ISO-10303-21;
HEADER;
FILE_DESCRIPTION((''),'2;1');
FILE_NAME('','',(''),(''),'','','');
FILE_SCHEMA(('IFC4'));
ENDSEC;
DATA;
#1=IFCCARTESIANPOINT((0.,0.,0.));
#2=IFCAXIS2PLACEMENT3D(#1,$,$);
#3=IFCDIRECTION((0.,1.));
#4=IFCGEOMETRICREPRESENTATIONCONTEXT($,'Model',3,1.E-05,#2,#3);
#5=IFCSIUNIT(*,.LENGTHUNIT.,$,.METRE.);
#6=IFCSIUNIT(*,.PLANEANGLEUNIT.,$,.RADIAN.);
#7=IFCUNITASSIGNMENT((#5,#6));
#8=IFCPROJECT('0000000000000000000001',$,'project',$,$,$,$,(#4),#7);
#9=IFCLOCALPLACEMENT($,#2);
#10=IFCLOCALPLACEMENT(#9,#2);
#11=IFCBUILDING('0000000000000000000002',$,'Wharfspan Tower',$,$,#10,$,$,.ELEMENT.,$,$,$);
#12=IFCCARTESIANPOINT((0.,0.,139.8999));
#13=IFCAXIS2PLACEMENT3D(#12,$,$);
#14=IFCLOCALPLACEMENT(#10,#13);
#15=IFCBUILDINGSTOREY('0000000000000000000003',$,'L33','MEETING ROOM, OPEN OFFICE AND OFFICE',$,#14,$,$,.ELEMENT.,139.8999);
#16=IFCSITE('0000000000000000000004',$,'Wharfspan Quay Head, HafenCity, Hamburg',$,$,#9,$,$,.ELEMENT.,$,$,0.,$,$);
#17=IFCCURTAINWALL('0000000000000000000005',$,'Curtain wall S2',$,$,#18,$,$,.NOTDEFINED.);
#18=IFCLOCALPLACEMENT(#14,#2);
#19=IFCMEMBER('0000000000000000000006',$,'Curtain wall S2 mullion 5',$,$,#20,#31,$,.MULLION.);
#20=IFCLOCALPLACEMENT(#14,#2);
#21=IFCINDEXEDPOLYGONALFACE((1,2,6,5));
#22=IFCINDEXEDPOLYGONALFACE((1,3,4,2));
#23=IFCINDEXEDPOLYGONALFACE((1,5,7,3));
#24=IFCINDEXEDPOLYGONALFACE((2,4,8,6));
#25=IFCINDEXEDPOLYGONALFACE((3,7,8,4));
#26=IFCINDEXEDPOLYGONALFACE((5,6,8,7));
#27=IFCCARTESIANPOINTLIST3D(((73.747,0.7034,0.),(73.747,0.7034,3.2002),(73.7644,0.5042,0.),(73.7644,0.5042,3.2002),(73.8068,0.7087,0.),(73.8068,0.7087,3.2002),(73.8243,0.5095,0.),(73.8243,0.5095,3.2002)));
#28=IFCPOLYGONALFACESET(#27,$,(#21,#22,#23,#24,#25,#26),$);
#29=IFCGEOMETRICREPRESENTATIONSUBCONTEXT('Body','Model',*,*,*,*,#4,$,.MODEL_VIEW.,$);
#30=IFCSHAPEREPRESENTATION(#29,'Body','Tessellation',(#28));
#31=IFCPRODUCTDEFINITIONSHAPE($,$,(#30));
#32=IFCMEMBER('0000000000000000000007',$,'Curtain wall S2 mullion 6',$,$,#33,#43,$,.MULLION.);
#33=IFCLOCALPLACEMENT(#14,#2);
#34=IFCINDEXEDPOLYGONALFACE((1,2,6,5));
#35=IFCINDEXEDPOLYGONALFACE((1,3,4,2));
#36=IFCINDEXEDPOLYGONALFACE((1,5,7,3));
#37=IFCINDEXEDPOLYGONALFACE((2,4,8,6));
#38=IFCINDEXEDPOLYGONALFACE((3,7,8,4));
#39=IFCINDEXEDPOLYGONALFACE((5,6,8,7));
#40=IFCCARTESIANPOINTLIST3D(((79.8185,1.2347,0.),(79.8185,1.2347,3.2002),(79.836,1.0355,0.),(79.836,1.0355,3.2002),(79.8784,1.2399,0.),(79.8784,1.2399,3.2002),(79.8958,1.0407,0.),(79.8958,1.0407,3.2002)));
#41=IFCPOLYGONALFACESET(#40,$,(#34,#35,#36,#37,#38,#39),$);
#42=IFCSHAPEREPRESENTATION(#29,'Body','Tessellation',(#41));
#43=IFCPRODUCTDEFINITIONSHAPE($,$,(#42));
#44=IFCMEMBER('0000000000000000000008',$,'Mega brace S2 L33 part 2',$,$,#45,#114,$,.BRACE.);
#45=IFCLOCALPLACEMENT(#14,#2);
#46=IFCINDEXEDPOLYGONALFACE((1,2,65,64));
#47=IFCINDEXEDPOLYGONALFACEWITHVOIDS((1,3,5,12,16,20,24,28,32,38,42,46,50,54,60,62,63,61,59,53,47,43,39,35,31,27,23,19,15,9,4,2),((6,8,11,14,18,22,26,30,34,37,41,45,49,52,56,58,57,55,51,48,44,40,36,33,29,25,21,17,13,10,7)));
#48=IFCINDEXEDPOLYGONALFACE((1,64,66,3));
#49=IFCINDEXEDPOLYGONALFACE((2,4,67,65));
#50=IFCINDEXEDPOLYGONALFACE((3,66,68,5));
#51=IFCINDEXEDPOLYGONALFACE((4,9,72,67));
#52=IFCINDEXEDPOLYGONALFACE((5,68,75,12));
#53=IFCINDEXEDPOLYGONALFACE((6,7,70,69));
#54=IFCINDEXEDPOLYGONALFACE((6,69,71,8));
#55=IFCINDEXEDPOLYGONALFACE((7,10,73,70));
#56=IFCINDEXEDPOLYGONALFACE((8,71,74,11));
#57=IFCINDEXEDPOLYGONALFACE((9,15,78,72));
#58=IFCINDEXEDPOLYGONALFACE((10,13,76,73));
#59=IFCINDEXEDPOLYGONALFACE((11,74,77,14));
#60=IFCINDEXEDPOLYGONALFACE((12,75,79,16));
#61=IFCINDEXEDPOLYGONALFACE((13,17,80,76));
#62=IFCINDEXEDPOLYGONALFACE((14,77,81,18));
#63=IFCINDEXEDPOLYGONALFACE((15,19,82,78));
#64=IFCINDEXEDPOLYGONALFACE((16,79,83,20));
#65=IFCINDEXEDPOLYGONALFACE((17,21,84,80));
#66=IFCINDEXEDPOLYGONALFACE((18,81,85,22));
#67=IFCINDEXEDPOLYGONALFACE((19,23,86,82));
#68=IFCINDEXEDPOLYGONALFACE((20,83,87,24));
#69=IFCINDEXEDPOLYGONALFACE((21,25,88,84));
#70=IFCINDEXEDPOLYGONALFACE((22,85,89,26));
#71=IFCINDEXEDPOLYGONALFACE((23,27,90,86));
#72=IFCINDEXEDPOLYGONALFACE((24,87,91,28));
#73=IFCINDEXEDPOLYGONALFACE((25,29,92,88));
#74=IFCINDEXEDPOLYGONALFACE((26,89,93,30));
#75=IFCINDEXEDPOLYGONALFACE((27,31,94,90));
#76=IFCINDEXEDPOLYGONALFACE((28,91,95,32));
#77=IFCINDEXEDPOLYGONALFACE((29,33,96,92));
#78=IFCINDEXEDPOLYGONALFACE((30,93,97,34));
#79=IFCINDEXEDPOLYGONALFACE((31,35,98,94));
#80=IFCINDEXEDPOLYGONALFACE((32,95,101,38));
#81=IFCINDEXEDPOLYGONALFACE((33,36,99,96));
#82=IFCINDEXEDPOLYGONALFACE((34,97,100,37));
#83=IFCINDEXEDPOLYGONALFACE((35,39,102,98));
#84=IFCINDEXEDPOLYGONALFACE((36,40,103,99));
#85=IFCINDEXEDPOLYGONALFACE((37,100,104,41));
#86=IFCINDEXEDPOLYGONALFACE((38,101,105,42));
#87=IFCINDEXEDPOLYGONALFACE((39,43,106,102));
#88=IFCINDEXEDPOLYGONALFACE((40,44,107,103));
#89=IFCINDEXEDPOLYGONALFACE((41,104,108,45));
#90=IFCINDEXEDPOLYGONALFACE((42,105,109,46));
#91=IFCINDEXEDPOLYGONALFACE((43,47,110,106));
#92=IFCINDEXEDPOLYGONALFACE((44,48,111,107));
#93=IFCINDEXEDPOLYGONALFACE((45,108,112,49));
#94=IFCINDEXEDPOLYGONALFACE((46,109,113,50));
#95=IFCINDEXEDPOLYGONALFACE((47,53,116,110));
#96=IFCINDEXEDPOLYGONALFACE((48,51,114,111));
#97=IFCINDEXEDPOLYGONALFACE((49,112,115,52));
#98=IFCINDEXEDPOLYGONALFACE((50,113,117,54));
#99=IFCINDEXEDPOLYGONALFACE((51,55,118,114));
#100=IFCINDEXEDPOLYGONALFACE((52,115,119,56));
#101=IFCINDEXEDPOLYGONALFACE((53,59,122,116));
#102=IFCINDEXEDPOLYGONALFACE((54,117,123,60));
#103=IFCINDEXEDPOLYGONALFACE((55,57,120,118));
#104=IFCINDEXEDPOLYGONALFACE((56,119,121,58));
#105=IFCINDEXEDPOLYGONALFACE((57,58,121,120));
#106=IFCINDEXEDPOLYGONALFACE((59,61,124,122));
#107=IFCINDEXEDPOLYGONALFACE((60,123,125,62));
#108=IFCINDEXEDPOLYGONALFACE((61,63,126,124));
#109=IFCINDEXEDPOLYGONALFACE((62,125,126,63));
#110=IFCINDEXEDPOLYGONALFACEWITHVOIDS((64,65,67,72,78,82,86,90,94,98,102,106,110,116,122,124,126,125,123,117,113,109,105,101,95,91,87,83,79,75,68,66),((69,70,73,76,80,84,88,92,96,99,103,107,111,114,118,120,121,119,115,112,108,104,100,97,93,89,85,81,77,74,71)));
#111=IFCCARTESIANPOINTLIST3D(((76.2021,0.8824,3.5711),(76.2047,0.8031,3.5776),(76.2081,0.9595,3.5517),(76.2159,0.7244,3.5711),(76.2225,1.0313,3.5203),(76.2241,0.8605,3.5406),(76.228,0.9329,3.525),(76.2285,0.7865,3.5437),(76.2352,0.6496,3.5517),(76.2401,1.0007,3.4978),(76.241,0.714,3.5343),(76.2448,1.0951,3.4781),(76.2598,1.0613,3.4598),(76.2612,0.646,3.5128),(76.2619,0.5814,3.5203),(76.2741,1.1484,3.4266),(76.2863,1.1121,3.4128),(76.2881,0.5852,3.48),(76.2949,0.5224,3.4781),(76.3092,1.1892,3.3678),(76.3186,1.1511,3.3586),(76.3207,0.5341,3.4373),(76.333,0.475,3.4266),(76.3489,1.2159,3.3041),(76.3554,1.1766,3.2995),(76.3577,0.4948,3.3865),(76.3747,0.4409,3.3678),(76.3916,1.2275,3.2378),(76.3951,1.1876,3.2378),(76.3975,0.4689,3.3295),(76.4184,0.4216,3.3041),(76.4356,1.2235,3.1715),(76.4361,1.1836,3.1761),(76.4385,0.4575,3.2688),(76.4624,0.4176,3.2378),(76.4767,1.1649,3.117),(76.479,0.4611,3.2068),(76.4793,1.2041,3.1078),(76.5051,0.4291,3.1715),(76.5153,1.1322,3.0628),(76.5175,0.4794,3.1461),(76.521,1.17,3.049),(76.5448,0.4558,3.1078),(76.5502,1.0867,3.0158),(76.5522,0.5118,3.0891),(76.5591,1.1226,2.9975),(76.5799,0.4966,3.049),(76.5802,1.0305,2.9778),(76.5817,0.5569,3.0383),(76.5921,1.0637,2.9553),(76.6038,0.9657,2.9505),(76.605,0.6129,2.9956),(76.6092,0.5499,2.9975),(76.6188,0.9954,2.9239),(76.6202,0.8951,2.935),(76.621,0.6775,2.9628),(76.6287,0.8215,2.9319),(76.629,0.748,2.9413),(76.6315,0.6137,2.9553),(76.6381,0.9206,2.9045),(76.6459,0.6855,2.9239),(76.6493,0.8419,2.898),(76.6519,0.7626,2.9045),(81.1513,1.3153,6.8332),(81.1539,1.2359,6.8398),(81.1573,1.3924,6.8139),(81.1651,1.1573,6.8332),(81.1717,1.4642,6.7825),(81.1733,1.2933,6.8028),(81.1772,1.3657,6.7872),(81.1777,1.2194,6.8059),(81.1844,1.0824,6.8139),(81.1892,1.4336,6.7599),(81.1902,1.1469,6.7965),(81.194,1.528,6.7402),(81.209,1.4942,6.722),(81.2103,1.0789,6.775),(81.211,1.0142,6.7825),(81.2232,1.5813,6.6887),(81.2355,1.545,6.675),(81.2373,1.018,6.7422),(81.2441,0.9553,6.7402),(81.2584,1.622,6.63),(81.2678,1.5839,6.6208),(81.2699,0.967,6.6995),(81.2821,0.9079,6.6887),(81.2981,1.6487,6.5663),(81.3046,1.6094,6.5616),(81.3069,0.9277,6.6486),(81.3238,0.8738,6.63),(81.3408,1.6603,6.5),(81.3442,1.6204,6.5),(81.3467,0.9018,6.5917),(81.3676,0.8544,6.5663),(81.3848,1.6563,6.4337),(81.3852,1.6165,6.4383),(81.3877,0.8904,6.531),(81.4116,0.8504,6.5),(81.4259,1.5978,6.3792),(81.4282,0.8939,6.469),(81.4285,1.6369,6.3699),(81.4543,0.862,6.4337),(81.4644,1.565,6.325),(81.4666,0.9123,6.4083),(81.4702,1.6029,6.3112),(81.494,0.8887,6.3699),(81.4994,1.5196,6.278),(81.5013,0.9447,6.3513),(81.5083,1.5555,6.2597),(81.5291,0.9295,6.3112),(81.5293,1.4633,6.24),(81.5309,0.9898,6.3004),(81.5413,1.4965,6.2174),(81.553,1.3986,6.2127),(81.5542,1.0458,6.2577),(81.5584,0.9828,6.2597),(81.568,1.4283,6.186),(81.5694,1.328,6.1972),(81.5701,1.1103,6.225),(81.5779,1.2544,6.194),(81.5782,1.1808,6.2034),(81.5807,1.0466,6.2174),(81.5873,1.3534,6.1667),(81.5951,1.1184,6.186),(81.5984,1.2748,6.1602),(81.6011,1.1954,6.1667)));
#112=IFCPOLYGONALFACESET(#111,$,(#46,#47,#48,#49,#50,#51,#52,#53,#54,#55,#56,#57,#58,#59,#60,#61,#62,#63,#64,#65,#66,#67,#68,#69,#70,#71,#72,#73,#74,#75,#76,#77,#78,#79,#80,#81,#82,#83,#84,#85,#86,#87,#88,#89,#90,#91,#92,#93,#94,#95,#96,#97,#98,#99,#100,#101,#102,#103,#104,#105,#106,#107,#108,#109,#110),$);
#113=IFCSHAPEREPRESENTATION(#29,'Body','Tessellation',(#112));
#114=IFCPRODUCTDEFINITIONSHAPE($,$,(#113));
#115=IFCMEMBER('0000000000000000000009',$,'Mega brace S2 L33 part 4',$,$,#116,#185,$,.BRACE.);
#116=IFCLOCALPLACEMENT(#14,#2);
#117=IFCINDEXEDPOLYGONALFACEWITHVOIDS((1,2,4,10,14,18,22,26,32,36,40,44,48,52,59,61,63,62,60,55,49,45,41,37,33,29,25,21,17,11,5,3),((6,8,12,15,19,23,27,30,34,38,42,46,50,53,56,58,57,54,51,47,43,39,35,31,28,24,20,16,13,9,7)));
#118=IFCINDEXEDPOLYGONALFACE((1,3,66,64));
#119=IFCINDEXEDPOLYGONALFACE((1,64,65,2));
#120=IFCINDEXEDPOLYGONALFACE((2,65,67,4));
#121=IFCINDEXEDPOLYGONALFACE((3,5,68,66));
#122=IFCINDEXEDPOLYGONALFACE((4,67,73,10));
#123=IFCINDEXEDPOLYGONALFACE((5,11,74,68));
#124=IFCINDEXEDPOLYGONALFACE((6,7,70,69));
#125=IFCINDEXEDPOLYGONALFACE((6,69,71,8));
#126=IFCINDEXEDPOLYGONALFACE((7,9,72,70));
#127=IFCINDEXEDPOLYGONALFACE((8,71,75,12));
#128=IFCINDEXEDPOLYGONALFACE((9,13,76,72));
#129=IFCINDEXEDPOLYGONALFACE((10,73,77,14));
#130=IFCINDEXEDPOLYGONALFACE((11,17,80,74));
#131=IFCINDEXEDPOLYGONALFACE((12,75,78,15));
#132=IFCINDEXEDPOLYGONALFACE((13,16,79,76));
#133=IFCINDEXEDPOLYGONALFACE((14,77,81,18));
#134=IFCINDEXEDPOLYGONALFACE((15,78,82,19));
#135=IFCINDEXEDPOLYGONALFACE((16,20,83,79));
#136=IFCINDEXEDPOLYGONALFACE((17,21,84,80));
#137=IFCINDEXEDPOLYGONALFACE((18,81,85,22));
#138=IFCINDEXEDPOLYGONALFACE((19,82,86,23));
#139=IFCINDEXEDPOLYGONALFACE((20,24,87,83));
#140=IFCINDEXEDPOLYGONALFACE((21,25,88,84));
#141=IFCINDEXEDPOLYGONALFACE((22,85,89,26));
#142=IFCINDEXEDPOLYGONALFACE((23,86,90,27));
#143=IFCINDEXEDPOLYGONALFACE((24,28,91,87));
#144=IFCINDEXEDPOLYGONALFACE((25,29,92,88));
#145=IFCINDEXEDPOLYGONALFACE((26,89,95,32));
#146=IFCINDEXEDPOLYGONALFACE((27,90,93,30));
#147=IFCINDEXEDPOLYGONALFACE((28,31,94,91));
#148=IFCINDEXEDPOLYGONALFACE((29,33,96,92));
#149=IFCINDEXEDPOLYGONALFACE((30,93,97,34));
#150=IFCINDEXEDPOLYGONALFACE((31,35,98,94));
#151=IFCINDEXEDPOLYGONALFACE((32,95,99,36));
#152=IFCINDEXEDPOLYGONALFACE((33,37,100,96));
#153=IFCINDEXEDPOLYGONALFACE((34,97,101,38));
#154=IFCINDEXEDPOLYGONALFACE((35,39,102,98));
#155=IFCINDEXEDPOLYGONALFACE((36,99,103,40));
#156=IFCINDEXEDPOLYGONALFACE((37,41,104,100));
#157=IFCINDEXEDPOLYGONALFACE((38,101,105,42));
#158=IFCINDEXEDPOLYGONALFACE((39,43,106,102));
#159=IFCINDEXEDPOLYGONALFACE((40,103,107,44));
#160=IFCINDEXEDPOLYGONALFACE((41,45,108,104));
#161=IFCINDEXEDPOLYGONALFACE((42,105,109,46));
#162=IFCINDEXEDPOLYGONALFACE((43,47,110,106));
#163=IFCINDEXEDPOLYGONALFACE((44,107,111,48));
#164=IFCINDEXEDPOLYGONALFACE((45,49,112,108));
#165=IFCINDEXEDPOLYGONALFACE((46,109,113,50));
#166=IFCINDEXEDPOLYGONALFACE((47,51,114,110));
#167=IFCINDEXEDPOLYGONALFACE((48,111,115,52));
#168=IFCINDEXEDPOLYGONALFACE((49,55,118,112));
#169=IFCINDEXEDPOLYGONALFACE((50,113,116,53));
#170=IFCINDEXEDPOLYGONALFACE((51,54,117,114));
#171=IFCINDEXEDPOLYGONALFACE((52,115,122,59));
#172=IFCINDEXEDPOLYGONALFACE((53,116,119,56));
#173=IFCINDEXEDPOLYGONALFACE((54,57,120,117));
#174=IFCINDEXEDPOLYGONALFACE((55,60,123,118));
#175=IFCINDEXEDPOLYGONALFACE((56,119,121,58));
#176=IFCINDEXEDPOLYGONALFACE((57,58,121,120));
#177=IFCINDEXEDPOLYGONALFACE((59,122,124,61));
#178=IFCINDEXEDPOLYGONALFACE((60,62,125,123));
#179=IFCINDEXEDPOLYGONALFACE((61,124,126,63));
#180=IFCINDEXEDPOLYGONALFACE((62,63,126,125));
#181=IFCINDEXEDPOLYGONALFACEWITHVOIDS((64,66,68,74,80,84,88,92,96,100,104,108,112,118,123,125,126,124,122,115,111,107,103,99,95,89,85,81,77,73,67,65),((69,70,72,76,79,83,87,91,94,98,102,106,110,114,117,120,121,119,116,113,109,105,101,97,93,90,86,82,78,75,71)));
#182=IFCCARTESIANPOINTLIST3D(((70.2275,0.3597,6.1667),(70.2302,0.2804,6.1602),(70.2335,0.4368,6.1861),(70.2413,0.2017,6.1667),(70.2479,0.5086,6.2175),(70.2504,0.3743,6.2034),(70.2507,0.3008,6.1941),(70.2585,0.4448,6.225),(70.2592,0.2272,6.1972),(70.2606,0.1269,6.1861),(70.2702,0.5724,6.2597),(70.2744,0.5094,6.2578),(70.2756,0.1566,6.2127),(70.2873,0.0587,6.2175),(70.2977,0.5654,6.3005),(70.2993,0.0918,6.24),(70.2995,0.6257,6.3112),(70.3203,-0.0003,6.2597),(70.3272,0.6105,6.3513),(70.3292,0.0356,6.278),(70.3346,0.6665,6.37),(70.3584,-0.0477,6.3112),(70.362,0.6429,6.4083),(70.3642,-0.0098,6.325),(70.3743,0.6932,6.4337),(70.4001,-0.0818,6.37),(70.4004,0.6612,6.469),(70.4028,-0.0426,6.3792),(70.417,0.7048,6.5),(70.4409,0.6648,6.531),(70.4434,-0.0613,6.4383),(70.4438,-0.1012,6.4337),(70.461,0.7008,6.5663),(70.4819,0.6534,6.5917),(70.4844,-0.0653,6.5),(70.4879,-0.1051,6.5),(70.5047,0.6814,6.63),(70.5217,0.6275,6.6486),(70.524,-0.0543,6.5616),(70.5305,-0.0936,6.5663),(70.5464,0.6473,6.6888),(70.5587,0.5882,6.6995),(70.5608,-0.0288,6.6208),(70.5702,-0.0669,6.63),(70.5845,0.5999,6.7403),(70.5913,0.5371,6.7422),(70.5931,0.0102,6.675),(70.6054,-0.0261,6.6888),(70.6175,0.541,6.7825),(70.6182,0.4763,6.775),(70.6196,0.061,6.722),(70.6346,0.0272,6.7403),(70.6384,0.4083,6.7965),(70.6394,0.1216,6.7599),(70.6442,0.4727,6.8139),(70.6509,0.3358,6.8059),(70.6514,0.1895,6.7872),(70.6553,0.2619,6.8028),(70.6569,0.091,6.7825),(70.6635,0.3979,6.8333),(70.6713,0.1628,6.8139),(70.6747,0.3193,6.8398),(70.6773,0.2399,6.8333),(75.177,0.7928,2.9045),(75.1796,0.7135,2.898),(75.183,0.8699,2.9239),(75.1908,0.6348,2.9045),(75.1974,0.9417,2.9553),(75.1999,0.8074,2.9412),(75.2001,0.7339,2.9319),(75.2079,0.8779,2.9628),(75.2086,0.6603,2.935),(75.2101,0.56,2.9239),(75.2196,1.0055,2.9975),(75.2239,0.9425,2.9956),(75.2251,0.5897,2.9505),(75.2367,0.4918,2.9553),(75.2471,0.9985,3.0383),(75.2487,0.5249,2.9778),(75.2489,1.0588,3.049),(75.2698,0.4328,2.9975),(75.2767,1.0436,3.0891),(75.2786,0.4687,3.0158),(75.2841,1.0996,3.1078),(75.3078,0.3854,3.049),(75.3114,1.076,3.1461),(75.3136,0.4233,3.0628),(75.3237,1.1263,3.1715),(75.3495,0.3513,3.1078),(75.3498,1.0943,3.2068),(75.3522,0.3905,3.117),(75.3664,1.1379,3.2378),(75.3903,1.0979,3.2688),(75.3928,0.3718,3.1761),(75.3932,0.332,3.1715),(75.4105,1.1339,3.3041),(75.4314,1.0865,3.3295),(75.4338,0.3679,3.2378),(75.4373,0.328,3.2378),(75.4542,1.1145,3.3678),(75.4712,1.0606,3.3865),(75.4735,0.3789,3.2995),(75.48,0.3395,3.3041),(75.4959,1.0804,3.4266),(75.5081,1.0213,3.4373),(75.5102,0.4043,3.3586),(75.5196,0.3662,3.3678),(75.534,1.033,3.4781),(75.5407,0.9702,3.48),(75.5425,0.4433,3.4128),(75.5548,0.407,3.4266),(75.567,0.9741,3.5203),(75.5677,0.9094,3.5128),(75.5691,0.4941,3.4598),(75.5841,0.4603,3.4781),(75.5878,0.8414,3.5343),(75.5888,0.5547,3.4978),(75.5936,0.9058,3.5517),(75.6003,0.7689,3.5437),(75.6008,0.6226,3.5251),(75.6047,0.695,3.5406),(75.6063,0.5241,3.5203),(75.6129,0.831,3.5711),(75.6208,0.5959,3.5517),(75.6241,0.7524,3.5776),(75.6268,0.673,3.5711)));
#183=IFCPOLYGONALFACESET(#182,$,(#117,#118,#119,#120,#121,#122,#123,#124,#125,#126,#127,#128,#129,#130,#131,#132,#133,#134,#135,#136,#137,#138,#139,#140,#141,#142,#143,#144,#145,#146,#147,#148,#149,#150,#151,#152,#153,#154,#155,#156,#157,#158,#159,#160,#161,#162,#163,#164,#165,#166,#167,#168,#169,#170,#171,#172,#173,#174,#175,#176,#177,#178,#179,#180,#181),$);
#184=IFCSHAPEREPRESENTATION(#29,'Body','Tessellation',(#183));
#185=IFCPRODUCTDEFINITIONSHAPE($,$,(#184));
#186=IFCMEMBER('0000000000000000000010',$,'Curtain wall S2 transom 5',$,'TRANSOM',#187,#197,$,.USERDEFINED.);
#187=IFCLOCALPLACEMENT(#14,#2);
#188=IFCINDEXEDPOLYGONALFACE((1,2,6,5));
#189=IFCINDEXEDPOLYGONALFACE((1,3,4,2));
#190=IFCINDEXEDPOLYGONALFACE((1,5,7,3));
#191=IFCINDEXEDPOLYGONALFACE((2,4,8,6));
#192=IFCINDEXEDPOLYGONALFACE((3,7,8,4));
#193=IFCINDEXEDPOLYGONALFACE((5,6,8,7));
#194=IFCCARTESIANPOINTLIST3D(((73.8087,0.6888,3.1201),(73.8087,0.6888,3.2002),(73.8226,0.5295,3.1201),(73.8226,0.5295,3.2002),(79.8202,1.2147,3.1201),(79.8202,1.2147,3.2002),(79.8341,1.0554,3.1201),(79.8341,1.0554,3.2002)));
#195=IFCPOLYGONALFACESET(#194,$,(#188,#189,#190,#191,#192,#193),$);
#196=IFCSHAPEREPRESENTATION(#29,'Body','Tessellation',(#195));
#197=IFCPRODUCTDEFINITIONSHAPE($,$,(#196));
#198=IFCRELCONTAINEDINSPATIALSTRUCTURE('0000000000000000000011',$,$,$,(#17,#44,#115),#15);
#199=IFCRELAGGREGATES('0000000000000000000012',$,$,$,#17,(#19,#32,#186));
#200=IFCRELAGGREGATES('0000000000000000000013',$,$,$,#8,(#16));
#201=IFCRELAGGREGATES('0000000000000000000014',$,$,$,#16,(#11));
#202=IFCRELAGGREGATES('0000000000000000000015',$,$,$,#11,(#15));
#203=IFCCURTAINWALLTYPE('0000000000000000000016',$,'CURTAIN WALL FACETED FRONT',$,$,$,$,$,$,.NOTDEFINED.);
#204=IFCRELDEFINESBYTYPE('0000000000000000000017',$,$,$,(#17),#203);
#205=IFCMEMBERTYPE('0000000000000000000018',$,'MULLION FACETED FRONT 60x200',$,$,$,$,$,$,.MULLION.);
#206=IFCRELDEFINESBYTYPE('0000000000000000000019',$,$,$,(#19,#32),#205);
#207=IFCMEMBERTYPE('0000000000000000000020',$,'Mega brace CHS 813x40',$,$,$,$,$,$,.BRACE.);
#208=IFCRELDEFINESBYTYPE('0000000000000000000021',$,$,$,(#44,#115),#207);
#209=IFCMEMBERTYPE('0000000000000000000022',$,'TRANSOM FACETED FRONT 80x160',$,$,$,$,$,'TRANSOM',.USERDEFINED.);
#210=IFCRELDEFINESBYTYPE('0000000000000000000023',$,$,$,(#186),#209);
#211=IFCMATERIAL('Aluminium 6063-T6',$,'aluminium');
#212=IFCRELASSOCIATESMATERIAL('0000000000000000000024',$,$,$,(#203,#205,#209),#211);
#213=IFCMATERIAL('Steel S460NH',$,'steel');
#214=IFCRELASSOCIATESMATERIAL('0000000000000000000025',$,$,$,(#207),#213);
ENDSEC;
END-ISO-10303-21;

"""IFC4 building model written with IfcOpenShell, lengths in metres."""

from ifc_helpers import new_model, si_unit, direction, frame, origin, origin_2d, place, context, subcontext, project, spatial, rectangle, hollow_circle, extrude, material, material_profile, profile_set, type_object, element, aggregate, save


model = new_model("IFC4")

# Units and contexts
model_context = context("Model", 3, precision=1e-05, world=origin(), true_north=direction((0.0, 1.0)))
body_context = subcontext(model_context, "Body", "Model", "MODEL_VIEW")
ifc_project = project(units=[si_unit("LENGTHUNIT", "METRE"), si_unit("PLANEANGLEUNIT", "RADIAN")], contexts=[model_context])

# Site, building, storey
site_placement = place(None, origin())
site = spatial("IfcSite", under=ifc_project, at=site_placement, Name="Wharfspan Quay Head, HafenCity, Hamburg", CompositionType="ELEMENT", RefElevation=0.0)
building_placement = place(site_placement, origin())
building = spatial("IfcBuilding", under=site, at=building_placement, Name="Wharfspan Tower", CompositionType="ELEMENT")
storey_placement = place(building_placement, frame((0.0, 0.0, 139.8999)))
storey = spatial("IfcBuildingStorey", under=building, at=storey_placement, Name="L33", Description="MEETING ROOM, OPEN OFFICE AND OFFICE", CompositionType="ELEMENT", Elevation=139.8999)

# Curtain wall, members
ifc_material_1 = material(Name="Aluminium 6063-T6", Category="aluminium")
curtain_wall_type = type_object("IfcCurtainWallType", Name="CURTAIN WALL FACETED FRONT", PredefinedType="NOTDEFINED", material=ifc_material_1)
curtain_wall_placement = place(storey_placement, origin())
curtain_wall = element("IfcCurtainWall", 1, at=curtain_wall_placement, inside=storey, type_object=curtain_wall_type, Name="Curtain wall S2", PredefinedType="NOTDEFINED")
ifc_material_profile_1 = material_profile(ifc_material_1, rectangle(XDim=0.2, YDim=0.0601, at=origin_2d()))
ifc_profile_set_1 = profile_set([ifc_material_profile_1], Name="Aluminium 6063-T6")
member_type_1 = type_object("IfcMemberType", Name="MULLION FACETED FRONT 60x200", PredefinedType="MULLION", material=ifc_profile_set_1)
member_1_placement = place(storey_placement, frame((73.7856, 0.6064, 0.0), z_axis=(0.0, 0.0, 1.0), x_axis=(-0.087156, 0.996198, 0.0)))
member_1 = element("IfcMember", 2, at=member_1_placement, type_object=member_type_1, Name="Curtain wall S2 mullion 5", PredefinedType="MULLION", context=body_context, shape_type="SweptSolid", body=[
    extrude(rectangle(XDim=0.2, YDim=0.0601, at=origin_2d()), origin(), (0.0, 0.0, 1.0), 3.2002),
])
member_2_placement = place(storey_placement, frame((79.8572, 1.1377, 0.0), z_axis=(0.0, 0.0, 1.0), x_axis=(-0.087156, 0.996198, 0.0)))
member_2 = element("IfcMember", 3, at=member_2_placement, type_object=member_type_1, Name="Curtain wall S2 mullion 6", PredefinedType="MULLION", context=body_context, shape_type="SweptSolid", body=[
    extrude(rectangle(XDim=0.2, YDim=0.0601, at=origin_2d()), origin(), (0.0, 0.0, 1.0), 3.2002),
])

# Members
ifc_material_2 = material(Name="Steel S460NH", Category="steel")
ifc_material_profile_2 = material_profile(ifc_material_2, hollow_circle(Radius=0.4065, WallThickness=0.04, at=origin_2d()))
ifc_profile_set_2 = profile_set([ifc_material_profile_2], Name="Steel S460NH")
member_type_2 = type_object("IfcMemberType", Name="Mega brace CHS 813x40", PredefinedType="BRACE", material=ifc_profile_set_2)
member_3_placement = place(storey_placement, frame((76.427, 0.8225, 3.2378), z_axis=(0.832724, 0.07283, 0.548878), x_axis=(-0.087128, 0.996197, 0.000001)))
element("IfcMember", 4, at=member_3_placement, inside=storey, type_object=member_type_2, Name="Mega brace S2 L33 part 2", PredefinedType="BRACE", context=body_context, shape_type="SweptSolid", body=[
    extrude(hollow_circle(Radius=0.4065, WallThickness=0.04, at=origin_2d()), origin(), (0.0, 0.0, 1.0), 5.9434),
])
member_4_placement = place(storey_placement, frame((75.4019, 0.7329, 3.2378), z_axis=(-0.832734, -0.072869, 0.548858), x_axis=(0.087173, -0.99619, 0.000001)))
element("IfcMember", 5, at=member_4_placement, inside=storey, type_object=member_type_2, Name="Mega brace S2 L33 part 4", PredefinedType="BRACE", context=body_context, shape_type="SweptSolid", body=[
    extrude(hollow_circle(Radius=0.4065, WallThickness=0.04, at=origin_2d()), origin(), (0.0, 0.0, 1.0), 5.9436),
])

# Member
ifc_material_profile_3 = material_profile(ifc_material_1, rectangle(XDim=0.1599, YDim=0.0801, at=origin_2d()))
ifc_profile_set_3 = profile_set([ifc_material_profile_3], Name="Aluminium 6063-T6")
member_type_3 = type_object("IfcMemberType", Name="TRANSOM FACETED FRONT 80x160", ElementType="TRANSOM", PredefinedType="USERDEFINED", material=ifc_profile_set_3)
member_5_placement = place(storey_placement, frame((73.8157, 0.6091, 3.1602), z_axis=(0.996196, 0.087146, 0.0), x_axis=(-0.087146, 0.996196, 0.0)))
member_5 = element("IfcMember", 6, at=member_5_placement, type_object=member_type_3, Name="Curtain wall S2 transom 5", ObjectType="TRANSOM", PredefinedType="USERDEFINED", context=body_context, shape_type="SweptSolid", body=[
    extrude(rectangle(XDim=0.1599, YDim=0.0801, at=origin_2d()), origin(), (0.0, 0.0, 1.0), 6.0344),
])

aggregate(curtain_wall, [member_1, member_2, member_5])

save(model, "model.ifc")
